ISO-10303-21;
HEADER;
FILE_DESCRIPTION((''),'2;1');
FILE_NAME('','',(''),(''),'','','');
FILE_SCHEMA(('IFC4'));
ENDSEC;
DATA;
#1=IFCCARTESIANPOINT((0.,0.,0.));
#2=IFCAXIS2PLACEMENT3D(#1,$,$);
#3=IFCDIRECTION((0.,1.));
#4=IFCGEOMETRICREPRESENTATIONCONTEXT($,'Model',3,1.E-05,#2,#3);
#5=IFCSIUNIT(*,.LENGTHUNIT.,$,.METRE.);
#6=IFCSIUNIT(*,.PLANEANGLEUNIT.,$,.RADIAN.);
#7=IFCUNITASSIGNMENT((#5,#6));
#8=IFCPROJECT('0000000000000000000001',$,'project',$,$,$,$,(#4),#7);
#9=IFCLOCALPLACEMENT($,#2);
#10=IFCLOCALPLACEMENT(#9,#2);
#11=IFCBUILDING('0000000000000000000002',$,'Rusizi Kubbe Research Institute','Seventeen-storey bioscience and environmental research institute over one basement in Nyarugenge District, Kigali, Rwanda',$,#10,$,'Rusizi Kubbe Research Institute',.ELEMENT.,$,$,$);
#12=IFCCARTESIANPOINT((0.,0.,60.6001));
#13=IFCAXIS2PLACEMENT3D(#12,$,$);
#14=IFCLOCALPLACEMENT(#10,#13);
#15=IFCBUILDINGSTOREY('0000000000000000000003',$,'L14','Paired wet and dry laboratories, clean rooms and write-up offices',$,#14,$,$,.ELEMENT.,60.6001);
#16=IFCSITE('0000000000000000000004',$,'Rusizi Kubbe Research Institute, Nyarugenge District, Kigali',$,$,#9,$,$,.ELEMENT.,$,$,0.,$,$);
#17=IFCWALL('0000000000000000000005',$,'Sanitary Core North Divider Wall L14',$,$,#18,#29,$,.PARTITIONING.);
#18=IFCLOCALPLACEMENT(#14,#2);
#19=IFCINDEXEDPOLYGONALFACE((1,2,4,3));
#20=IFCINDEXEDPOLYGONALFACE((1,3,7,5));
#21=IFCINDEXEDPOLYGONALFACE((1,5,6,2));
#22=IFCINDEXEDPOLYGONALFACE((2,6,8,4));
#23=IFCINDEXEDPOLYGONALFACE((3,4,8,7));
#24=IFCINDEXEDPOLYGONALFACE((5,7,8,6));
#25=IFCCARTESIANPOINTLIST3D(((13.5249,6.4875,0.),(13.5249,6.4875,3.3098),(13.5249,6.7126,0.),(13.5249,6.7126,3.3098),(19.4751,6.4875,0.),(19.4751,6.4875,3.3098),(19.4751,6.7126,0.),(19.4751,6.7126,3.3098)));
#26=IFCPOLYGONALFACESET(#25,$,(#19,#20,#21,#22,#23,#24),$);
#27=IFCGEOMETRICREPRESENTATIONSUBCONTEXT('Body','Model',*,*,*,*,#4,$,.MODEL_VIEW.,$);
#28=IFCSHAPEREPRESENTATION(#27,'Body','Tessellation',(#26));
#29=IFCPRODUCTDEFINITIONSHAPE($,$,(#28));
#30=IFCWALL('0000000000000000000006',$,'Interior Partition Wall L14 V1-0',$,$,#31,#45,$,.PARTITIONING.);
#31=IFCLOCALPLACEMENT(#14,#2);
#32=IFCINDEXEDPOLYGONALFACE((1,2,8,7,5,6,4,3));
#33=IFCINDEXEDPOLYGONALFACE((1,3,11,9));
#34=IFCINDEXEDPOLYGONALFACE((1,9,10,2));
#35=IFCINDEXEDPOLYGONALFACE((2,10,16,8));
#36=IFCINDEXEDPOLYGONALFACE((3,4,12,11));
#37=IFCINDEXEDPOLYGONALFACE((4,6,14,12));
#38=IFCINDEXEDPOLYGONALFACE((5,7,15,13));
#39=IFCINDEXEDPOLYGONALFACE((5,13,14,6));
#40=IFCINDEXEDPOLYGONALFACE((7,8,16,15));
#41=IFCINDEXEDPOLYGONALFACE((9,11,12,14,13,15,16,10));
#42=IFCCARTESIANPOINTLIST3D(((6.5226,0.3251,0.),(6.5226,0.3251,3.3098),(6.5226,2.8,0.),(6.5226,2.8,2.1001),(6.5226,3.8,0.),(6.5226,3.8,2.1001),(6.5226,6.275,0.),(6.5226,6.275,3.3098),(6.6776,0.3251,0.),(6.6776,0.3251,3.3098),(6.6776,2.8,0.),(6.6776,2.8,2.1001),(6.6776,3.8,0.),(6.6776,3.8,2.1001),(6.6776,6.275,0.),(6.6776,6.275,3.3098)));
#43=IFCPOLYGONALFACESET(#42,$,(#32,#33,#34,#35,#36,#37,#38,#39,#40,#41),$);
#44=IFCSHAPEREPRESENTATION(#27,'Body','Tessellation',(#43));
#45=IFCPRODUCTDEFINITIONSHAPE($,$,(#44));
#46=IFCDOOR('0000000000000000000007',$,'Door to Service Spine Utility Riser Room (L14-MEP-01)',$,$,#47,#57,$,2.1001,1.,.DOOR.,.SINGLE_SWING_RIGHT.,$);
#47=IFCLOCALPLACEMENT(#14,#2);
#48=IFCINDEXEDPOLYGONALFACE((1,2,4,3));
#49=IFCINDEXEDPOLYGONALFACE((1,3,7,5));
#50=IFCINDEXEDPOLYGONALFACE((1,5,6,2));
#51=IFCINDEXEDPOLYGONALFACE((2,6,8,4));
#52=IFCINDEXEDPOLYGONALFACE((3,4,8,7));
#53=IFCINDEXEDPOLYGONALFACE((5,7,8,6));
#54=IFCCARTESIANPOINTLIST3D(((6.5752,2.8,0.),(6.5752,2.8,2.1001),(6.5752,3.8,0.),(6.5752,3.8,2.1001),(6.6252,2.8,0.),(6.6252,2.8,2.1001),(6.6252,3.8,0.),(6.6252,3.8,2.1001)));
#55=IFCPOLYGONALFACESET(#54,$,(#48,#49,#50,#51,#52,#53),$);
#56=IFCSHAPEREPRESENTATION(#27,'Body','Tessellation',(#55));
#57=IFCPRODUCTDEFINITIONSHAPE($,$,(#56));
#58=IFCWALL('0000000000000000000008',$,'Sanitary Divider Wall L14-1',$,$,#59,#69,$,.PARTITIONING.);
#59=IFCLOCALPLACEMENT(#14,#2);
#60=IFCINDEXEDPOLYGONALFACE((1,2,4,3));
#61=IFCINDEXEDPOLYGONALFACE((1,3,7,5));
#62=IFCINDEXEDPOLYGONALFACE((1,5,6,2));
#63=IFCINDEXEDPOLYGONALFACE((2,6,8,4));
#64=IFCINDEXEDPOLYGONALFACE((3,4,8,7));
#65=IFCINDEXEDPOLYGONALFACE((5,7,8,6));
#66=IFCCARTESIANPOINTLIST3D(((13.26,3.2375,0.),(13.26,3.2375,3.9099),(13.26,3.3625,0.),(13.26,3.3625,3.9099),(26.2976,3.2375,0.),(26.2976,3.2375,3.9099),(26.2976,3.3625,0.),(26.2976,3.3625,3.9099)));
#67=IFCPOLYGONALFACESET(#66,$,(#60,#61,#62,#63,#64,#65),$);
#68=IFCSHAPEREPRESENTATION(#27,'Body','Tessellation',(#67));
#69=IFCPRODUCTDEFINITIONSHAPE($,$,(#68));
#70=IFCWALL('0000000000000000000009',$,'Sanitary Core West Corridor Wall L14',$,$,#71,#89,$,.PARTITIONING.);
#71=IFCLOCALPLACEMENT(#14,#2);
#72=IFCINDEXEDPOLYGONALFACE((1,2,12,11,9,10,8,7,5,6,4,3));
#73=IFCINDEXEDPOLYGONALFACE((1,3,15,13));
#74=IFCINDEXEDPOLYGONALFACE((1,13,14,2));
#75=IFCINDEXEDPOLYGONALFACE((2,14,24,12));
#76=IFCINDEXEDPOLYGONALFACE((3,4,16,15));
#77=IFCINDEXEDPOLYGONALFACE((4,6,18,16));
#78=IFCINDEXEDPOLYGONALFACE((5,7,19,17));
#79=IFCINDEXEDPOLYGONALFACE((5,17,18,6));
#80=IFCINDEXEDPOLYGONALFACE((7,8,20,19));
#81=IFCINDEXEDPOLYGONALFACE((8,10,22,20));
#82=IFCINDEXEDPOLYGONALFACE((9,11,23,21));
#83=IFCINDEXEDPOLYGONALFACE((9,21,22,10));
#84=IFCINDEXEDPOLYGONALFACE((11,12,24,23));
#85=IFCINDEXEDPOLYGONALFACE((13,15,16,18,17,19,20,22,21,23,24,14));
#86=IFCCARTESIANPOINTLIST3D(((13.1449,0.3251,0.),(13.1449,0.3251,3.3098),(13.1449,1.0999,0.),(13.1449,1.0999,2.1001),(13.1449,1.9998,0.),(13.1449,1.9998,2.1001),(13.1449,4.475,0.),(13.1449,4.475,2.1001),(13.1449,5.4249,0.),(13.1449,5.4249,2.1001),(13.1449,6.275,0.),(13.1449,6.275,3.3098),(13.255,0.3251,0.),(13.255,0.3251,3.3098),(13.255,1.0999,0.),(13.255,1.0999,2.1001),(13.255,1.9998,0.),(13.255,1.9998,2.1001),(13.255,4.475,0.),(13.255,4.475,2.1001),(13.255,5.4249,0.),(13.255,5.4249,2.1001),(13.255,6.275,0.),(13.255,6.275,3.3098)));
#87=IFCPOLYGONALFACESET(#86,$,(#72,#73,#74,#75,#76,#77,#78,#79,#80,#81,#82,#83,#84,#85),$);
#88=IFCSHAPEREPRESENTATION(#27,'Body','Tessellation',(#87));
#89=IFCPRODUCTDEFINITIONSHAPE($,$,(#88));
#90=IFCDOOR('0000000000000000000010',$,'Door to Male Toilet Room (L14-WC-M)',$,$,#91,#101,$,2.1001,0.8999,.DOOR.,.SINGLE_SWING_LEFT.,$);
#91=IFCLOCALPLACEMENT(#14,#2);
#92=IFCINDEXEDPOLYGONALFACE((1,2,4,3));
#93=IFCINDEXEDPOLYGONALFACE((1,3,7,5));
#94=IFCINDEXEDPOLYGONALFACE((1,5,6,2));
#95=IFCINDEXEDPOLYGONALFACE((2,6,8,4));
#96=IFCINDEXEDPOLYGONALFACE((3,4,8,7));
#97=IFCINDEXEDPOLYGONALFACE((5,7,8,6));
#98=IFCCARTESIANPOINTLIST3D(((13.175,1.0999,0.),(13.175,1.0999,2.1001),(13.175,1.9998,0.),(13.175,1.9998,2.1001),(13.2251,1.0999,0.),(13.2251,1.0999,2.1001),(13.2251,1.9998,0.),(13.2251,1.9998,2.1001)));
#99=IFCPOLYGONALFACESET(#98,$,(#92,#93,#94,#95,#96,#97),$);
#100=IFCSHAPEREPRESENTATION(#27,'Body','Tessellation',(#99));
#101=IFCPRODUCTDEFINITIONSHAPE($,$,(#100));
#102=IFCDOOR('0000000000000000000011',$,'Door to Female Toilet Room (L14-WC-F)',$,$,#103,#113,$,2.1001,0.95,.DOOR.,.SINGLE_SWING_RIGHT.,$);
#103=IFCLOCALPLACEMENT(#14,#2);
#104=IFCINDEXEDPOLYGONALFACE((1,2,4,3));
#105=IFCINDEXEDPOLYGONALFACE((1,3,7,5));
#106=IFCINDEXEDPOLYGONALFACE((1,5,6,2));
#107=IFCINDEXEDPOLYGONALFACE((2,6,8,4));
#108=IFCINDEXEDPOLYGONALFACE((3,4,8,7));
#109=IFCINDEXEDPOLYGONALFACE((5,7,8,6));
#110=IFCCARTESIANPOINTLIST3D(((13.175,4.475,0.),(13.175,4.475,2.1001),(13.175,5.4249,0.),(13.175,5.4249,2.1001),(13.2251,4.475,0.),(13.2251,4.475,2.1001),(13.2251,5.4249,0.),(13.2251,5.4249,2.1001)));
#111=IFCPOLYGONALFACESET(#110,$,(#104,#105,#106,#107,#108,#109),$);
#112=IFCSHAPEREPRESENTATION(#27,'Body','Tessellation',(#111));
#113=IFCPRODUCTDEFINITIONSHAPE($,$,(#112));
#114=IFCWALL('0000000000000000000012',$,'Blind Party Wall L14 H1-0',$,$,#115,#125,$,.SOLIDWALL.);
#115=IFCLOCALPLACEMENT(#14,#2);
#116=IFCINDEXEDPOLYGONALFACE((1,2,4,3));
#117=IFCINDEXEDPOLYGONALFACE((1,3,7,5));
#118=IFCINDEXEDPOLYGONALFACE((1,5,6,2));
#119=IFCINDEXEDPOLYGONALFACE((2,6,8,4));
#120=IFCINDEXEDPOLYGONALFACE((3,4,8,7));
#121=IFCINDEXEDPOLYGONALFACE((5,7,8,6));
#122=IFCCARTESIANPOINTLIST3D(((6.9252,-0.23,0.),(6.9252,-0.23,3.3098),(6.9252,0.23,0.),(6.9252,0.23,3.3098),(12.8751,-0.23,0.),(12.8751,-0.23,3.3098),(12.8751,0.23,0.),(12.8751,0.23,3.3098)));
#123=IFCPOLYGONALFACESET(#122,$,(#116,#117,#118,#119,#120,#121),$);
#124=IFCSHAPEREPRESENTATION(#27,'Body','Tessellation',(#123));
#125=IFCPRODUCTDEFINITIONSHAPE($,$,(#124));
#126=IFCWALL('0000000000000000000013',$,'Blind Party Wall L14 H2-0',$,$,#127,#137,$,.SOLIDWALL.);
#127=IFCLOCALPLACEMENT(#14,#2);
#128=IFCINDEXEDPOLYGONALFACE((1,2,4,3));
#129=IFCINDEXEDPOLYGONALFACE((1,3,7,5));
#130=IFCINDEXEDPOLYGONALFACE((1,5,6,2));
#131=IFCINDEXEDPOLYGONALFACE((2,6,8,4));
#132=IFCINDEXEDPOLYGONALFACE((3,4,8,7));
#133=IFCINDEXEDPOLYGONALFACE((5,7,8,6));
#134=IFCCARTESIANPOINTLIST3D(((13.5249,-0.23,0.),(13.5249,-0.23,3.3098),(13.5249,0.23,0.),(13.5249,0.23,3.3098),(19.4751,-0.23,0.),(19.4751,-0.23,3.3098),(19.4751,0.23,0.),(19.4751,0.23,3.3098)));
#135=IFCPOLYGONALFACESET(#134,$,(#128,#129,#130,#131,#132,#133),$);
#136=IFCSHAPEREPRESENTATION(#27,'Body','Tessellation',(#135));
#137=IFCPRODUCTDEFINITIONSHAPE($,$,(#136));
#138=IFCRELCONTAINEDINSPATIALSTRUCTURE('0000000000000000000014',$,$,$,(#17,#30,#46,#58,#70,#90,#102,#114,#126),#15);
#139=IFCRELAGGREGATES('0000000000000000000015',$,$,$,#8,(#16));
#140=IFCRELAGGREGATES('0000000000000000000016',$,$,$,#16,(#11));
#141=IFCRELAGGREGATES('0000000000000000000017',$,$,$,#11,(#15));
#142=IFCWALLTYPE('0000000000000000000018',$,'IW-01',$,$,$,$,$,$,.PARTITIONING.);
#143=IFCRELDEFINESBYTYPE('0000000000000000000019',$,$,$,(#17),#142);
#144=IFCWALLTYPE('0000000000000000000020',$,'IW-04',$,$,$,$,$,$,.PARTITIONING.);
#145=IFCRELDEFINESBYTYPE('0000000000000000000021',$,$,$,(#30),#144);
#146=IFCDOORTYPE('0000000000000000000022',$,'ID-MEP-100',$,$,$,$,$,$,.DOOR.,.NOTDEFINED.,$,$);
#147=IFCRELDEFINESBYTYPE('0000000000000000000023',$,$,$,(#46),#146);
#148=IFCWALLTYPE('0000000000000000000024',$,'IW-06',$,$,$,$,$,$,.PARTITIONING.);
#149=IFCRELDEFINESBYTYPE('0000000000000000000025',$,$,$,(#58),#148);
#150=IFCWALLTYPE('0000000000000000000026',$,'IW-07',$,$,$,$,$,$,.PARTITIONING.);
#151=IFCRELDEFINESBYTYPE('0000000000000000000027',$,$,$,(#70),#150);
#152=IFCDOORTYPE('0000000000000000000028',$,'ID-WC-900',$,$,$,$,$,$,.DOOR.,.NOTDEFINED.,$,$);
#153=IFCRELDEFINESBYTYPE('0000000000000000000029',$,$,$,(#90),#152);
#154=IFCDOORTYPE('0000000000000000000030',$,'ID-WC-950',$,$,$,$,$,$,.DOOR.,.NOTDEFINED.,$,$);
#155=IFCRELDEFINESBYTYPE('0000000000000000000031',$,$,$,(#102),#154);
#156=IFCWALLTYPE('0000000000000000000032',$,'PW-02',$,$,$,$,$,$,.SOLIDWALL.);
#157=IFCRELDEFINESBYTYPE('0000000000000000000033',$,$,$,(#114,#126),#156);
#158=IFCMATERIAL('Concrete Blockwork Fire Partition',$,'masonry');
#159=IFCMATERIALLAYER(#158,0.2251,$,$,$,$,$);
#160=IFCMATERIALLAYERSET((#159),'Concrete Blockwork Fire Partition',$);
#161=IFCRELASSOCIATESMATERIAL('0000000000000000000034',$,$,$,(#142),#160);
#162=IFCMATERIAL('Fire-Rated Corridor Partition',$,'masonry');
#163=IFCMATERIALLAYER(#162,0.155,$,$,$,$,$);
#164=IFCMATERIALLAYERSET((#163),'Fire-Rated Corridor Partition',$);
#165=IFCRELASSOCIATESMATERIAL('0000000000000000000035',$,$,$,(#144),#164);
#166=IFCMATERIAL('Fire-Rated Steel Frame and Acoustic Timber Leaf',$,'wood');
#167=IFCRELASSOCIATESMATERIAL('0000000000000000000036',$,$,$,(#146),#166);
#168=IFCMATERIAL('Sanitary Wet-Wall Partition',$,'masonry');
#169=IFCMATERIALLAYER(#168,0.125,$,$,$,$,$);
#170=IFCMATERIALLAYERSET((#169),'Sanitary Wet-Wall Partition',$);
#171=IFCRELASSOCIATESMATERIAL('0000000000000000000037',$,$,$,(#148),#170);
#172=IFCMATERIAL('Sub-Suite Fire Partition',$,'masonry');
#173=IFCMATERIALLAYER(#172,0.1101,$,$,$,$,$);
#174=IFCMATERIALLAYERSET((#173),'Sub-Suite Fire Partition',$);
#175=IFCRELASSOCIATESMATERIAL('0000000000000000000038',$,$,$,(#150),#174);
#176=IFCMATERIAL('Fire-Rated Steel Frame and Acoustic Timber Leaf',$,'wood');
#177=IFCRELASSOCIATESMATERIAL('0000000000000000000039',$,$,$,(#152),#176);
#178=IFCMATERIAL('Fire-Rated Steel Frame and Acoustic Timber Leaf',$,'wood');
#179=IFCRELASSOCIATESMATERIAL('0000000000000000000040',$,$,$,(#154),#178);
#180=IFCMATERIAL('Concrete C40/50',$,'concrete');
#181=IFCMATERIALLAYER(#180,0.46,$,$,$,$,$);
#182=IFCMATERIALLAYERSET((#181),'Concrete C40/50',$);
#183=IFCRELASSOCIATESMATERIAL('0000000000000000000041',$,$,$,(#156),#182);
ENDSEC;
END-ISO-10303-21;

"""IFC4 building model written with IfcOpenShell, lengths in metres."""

from ifc_helpers import new_model, si_unit, direction, frame, frame_2d, origin, place, context, subcontext, project, spatial, rectangle, extrude, material, layer, layer_set, type_object, element, fill, save


model = new_model("IFC4")

# Units and contexts
model_context = context("Model", 3, precision=1e-05, world=origin(), true_north=direction((0.0, 1.0)))
body_context = subcontext(model_context, "Body", "Model", "MODEL_VIEW")
ifc_project = project(units=[si_unit("LENGTHUNIT", "METRE"), si_unit("PLANEANGLEUNIT", "RADIAN")], contexts=[model_context])

# Site, building, storey
site_placement = place(None, origin())
site = spatial("IfcSite", under=ifc_project, at=site_placement, Name="Rusizi Kubbe Research Institute, Nyarugenge District, Kigali", CompositionType="ELEMENT", RefElevation=0.0)
building_placement = place(site_placement, origin())
building = spatial("IfcBuilding", under=site, at=building_placement, Name="Rusizi Kubbe Research Institute", Description="Seventeen-storey bioscience and environmental research institute over one basement in Nyarugenge District, Kigali, Rwanda", LongName="Rusizi Kubbe Research Institute", CompositionType="ELEMENT")
storey_placement = place(building_placement, frame((0.0, 0.0, 60.6001)))
storey = spatial("IfcBuildingStorey", under=building, at=storey_placement, Name="L14", Description="Paired wet and dry laboratories, clean rooms and write-up offices", CompositionType="ELEMENT", Elevation=60.6001)

# Wall
ifc_material_1 = material(Name="Concrete Blockwork Fire Partition", Category="masonry")
ifc_layer_1 = layer(ifc_material_1, 0.2251)
ifc_layer_set_1 = layer_set([ifc_layer_1], Name="Concrete Blockwork Fire Partition")
wall_type_1 = type_object("IfcWallType", Name="IW-01", PredefinedType="PARTITIONING", material=ifc_layer_set_1)
wall_1_placement = place(storey_placement, frame((13.5249, 6.6001, 0.0), z_axis=(0.0, 0.0, 1.0), x_axis=(1.0, 0.0, 0.0)))
element("IfcWall", 1, at=wall_1_placement, inside=storey, type_object=wall_type_1, Name="Sanitary Core North Divider Wall L14", PredefinedType="PARTITIONING", context=body_context, shape_type="SweptSolid", body=[
    extrude(rectangle(XDim=5.9502, YDim=0.2251, at=frame_2d((2.9751, 0.0))), origin(), (0.0, 0.0, 1.0), 3.3098),
])

# Wall, opening, door
ifc_material_2 = material(Name="Fire-Rated Corridor Partition", Category="masonry")
ifc_layer_2 = layer(ifc_material_2, 0.155)
ifc_layer_set_2 = layer_set([ifc_layer_2], Name="Fire-Rated Corridor Partition")
wall_type_2 = type_object("IfcWallType", Name="IW-04", PredefinedType="PARTITIONING", material=ifc_layer_set_2)
wall_2_placement = place(storey_placement, frame((6.6001, 0.325, 0.0), z_axis=(0.0, 0.0, 1.0), x_axis=(0.0, 1.0, 0.0)))
wall_2 = element("IfcWall", 2, at=wall_2_placement, inside=storey, type_object=wall_type_2, Name="Interior Partition Wall L14 V1-0", PredefinedType="PARTITIONING", context=body_context, shape_type="SweptSolid", body=[
    extrude(rectangle(XDim=5.95, YDim=0.155, at=frame_2d((2.9751, 0.0))), origin(), (0.0, 0.0, 1.0), 3.3098),
])
opening_1_placement = place(wall_2_placement, frame((2.4751, 0.0, 0.0)))
opening_1 = element("IfcOpeningElement", 3, at=opening_1_placement, cuts=wall_2, PredefinedType="OPENING", context=body_context, shape_type="SweptSolid", body=[
    extrude(rectangle(XDim=1.0, YDim=2.1001, at=frame_2d((0.5, 1.05))), frame((0.0, 0.0874, 0.0), z_axis=(0.0, -1.0, 0.0), x_axis=(1.0, 0.0, 0.0)), (0.0, 0.0, 1.0), 0.175),
])
ifc_material_3 = material(Name="Fire-Rated Steel Frame and Acoustic Timber Leaf", Category="wood")
door_type_1 = type_object("IfcDoorType", Name="ID-MEP-100", OperationType="NOTDEFINED", PredefinedType="DOOR", material=ifc_material_3)
door_1_placement = place(opening_1_placement, origin())
door_1 = element("IfcDoor", 4, at=door_1_placement, inside=storey, type_object=door_type_1, Name="Door to Service Spine Utility Riser Room (L14-MEP-01)", OperationType="SINGLE_SWING_RIGHT", OverallHeight=2.1001, OverallWidth=1.0, PredefinedType="DOOR", context=body_context, shape_type="SweptSolid", body=[
    extrude(rectangle(XDim=1.0, YDim=2.1001, at=frame_2d((0.5, 1.05))), frame((0.0, 0.0249, 0.0), z_axis=(0.0, -1.0, 0.0), x_axis=(1.0, 0.0, 0.0)), (0.0, 0.0, 1.0), 0.05),
])
fill(opening_1, door_1)

# Wall
ifc_material_4 = material(Name="Sanitary Wet-Wall Partition", Category="masonry")
ifc_layer_3 = layer(ifc_material_4, 0.125)
ifc_layer_set_3 = layer_set([ifc_layer_3], Name="Sanitary Wet-Wall Partition")
wall_type_3 = type_object("IfcWallType", Name="IW-06", PredefinedType="PARTITIONING", material=ifc_layer_set_3)
wall_3_placement = place(storey_placement, frame((13.26, 3.3, 0.0), z_axis=(0.0, 0.0, 1.0), x_axis=(1.0, 0.0, 0.0)))
element("IfcWall", 5, at=wall_3_placement, inside=storey, type_object=wall_type_3, Name="Sanitary Divider Wall L14-1", PredefinedType="PARTITIONING", context=body_context, shape_type="SweptSolid", body=[
    extrude(rectangle(XDim=13.0376, YDim=0.125, at=frame_2d((6.5188, 0.0))), origin(), (0.0, 0.0, 1.0), 3.9099),
])

# Wall, openings, doors
ifc_material_5 = material(Name="Sub-Suite Fire Partition", Category="masonry")
ifc_layer_4 = layer(ifc_material_5, 0.1101)
ifc_layer_set_4 = layer_set([ifc_layer_4], Name="Sub-Suite Fire Partition")
wall_type_4 = type_object("IfcWallType", Name="IW-07", PredefinedType="PARTITIONING", material=ifc_layer_set_4)
wall_4_placement = place(storey_placement, frame((13.2, 0.325, 0.0), z_axis=(0.0, 0.0, 1.0), x_axis=(0.0, 1.0, 0.0)))
wall_4 = element("IfcWall", 6, at=wall_4_placement, inside=storey, type_object=wall_type_4, Name="Sanitary Core West Corridor Wall L14", PredefinedType="PARTITIONING", context=body_context, shape_type="SweptSolid", body=[
    extrude(rectangle(XDim=5.95, YDim=0.1101, at=frame_2d((2.9751, 0.0))), origin(), (0.0, 0.0, 1.0), 3.3098),
])
opening_2_placement = place(wall_4_placement, frame((0.7749, 0.0, 0.0)))
opening_2 = element("IfcOpeningElement", 7, at=opening_2_placement, cuts=wall_4, PredefinedType="OPENING", context=body_context, shape_type="SweptSolid", body=[
    extrude(rectangle(XDim=0.8999, YDim=2.1001, at=frame_2d((0.45, 1.05))), frame((0.0, 0.0649, 0.0), z_axis=(0.0, -1.0, 0.0), x_axis=(1.0, 0.0, 0.0)), (0.0, 0.0, 1.0), 0.1301),
])
opening_3_placement = place(wall_4_placement, frame((4.1499, 0.0, 0.0)))
opening_3 = element("IfcOpeningElement", 8, at=opening_3_placement, cuts=wall_4, PredefinedType="OPENING", context=body_context, shape_type="SweptSolid", body=[
    extrude(rectangle(XDim=0.95, YDim=2.1001, at=frame_2d((0.4751, 1.05))), frame((0.0, 0.0649, 0.0), z_axis=(0.0, -1.0, 0.0), x_axis=(1.0, 0.0, 0.0)), (0.0, 0.0, 1.0), 0.1301),
])
ifc_material_6 = material(Name="Fire-Rated Steel Frame and Acoustic Timber Leaf", Category="wood")
door_type_2 = type_object("IfcDoorType", Name="ID-WC-900", OperationType="NOTDEFINED", PredefinedType="DOOR", material=ifc_material_6)
door_2_placement = place(opening_2_placement, origin())
door_2 = element("IfcDoor", 9, at=door_2_placement, inside=storey, type_object=door_type_2, Name="Door to Male Toilet Room (L14-WC-M)", OperationType="SINGLE_SWING_LEFT", OverallHeight=2.1001, OverallWidth=0.8999, PredefinedType="DOOR", context=body_context, shape_type="SweptSolid", body=[
    extrude(rectangle(XDim=0.8999, YDim=2.1001, at=frame_2d((0.45, 1.05))), frame((0.0, 0.0249, 0.0), z_axis=(0.0, -1.0, 0.0), x_axis=(1.0, 0.0, 0.0)), (0.0, 0.0, 1.0), 0.05),
])
fill(opening_2, door_2)
ifc_material_7 = material(Name="Fire-Rated Steel Frame and Acoustic Timber Leaf", Category="wood")
door_type_3 = type_object("IfcDoorType", Name="ID-WC-950", OperationType="NOTDEFINED", PredefinedType="DOOR", material=ifc_material_7)
door_3_placement = place(opening_3_placement, origin())
door_3 = element("IfcDoor", 10, at=door_3_placement, inside=storey, type_object=door_type_3, Name="Door to Female Toilet Room (L14-WC-F)", OperationType="SINGLE_SWING_RIGHT", OverallHeight=2.1001, OverallWidth=0.95, PredefinedType="DOOR", context=body_context, shape_type="SweptSolid", body=[
    extrude(rectangle(XDim=0.95, YDim=2.1001, at=frame_2d((0.4751, 1.05))), frame((0.0, 0.0249, 0.0), z_axis=(0.0, -1.0, 0.0), x_axis=(1.0, 0.0, 0.0)), (0.0, 0.0, 1.0), 0.05),
])
fill(opening_3, door_3)

# Walls
ifc_material_8 = material(Name="Concrete C40/50", Category="concrete")
ifc_layer_5 = layer(ifc_material_8, 0.46)
ifc_layer_set_5 = layer_set([ifc_layer_5], Name="Concrete C40/50")
wall_type_5 = type_object("IfcWallType", Name="PW-02", PredefinedType="SOLIDWALL", material=ifc_layer_set_5)
wall_5_placement = place(storey_placement, frame((6.925, 0.0, 0.0), z_axis=(0.0, 0.0, 1.0), x_axis=(1.0, 0.0, 0.0)))
element("IfcWall", 11, at=wall_5_placement, inside=storey, type_object=wall_type_5, Name="Blind Party Wall L14 H1-0", PredefinedType="SOLIDWALL", context=body_context, shape_type="SweptSolid", body=[
    extrude(rectangle(XDim=5.95, YDim=0.46, at=frame_2d((2.9751, 0.0))), origin(), (0.0, 0.0, 1.0), 3.3098),
])
wall_6_placement = place(storey_placement, frame((13.5249, 0.0, 0.0), z_axis=(0.0, 0.0, 1.0), x_axis=(1.0, 0.0, 0.0)))
element("IfcWall", 12, at=wall_6_placement, inside=storey, type_object=wall_type_5, Name="Blind Party Wall L14 H2-0", PredefinedType="SOLIDWALL", context=body_context, shape_type="SweptSolid", body=[
    extrude(rectangle(XDim=5.9502, YDim=0.46, at=frame_2d((2.9751, 0.0))), origin(), (0.0, 0.0, 1.0), 3.3098),
])

save(model, "model.ifc")
